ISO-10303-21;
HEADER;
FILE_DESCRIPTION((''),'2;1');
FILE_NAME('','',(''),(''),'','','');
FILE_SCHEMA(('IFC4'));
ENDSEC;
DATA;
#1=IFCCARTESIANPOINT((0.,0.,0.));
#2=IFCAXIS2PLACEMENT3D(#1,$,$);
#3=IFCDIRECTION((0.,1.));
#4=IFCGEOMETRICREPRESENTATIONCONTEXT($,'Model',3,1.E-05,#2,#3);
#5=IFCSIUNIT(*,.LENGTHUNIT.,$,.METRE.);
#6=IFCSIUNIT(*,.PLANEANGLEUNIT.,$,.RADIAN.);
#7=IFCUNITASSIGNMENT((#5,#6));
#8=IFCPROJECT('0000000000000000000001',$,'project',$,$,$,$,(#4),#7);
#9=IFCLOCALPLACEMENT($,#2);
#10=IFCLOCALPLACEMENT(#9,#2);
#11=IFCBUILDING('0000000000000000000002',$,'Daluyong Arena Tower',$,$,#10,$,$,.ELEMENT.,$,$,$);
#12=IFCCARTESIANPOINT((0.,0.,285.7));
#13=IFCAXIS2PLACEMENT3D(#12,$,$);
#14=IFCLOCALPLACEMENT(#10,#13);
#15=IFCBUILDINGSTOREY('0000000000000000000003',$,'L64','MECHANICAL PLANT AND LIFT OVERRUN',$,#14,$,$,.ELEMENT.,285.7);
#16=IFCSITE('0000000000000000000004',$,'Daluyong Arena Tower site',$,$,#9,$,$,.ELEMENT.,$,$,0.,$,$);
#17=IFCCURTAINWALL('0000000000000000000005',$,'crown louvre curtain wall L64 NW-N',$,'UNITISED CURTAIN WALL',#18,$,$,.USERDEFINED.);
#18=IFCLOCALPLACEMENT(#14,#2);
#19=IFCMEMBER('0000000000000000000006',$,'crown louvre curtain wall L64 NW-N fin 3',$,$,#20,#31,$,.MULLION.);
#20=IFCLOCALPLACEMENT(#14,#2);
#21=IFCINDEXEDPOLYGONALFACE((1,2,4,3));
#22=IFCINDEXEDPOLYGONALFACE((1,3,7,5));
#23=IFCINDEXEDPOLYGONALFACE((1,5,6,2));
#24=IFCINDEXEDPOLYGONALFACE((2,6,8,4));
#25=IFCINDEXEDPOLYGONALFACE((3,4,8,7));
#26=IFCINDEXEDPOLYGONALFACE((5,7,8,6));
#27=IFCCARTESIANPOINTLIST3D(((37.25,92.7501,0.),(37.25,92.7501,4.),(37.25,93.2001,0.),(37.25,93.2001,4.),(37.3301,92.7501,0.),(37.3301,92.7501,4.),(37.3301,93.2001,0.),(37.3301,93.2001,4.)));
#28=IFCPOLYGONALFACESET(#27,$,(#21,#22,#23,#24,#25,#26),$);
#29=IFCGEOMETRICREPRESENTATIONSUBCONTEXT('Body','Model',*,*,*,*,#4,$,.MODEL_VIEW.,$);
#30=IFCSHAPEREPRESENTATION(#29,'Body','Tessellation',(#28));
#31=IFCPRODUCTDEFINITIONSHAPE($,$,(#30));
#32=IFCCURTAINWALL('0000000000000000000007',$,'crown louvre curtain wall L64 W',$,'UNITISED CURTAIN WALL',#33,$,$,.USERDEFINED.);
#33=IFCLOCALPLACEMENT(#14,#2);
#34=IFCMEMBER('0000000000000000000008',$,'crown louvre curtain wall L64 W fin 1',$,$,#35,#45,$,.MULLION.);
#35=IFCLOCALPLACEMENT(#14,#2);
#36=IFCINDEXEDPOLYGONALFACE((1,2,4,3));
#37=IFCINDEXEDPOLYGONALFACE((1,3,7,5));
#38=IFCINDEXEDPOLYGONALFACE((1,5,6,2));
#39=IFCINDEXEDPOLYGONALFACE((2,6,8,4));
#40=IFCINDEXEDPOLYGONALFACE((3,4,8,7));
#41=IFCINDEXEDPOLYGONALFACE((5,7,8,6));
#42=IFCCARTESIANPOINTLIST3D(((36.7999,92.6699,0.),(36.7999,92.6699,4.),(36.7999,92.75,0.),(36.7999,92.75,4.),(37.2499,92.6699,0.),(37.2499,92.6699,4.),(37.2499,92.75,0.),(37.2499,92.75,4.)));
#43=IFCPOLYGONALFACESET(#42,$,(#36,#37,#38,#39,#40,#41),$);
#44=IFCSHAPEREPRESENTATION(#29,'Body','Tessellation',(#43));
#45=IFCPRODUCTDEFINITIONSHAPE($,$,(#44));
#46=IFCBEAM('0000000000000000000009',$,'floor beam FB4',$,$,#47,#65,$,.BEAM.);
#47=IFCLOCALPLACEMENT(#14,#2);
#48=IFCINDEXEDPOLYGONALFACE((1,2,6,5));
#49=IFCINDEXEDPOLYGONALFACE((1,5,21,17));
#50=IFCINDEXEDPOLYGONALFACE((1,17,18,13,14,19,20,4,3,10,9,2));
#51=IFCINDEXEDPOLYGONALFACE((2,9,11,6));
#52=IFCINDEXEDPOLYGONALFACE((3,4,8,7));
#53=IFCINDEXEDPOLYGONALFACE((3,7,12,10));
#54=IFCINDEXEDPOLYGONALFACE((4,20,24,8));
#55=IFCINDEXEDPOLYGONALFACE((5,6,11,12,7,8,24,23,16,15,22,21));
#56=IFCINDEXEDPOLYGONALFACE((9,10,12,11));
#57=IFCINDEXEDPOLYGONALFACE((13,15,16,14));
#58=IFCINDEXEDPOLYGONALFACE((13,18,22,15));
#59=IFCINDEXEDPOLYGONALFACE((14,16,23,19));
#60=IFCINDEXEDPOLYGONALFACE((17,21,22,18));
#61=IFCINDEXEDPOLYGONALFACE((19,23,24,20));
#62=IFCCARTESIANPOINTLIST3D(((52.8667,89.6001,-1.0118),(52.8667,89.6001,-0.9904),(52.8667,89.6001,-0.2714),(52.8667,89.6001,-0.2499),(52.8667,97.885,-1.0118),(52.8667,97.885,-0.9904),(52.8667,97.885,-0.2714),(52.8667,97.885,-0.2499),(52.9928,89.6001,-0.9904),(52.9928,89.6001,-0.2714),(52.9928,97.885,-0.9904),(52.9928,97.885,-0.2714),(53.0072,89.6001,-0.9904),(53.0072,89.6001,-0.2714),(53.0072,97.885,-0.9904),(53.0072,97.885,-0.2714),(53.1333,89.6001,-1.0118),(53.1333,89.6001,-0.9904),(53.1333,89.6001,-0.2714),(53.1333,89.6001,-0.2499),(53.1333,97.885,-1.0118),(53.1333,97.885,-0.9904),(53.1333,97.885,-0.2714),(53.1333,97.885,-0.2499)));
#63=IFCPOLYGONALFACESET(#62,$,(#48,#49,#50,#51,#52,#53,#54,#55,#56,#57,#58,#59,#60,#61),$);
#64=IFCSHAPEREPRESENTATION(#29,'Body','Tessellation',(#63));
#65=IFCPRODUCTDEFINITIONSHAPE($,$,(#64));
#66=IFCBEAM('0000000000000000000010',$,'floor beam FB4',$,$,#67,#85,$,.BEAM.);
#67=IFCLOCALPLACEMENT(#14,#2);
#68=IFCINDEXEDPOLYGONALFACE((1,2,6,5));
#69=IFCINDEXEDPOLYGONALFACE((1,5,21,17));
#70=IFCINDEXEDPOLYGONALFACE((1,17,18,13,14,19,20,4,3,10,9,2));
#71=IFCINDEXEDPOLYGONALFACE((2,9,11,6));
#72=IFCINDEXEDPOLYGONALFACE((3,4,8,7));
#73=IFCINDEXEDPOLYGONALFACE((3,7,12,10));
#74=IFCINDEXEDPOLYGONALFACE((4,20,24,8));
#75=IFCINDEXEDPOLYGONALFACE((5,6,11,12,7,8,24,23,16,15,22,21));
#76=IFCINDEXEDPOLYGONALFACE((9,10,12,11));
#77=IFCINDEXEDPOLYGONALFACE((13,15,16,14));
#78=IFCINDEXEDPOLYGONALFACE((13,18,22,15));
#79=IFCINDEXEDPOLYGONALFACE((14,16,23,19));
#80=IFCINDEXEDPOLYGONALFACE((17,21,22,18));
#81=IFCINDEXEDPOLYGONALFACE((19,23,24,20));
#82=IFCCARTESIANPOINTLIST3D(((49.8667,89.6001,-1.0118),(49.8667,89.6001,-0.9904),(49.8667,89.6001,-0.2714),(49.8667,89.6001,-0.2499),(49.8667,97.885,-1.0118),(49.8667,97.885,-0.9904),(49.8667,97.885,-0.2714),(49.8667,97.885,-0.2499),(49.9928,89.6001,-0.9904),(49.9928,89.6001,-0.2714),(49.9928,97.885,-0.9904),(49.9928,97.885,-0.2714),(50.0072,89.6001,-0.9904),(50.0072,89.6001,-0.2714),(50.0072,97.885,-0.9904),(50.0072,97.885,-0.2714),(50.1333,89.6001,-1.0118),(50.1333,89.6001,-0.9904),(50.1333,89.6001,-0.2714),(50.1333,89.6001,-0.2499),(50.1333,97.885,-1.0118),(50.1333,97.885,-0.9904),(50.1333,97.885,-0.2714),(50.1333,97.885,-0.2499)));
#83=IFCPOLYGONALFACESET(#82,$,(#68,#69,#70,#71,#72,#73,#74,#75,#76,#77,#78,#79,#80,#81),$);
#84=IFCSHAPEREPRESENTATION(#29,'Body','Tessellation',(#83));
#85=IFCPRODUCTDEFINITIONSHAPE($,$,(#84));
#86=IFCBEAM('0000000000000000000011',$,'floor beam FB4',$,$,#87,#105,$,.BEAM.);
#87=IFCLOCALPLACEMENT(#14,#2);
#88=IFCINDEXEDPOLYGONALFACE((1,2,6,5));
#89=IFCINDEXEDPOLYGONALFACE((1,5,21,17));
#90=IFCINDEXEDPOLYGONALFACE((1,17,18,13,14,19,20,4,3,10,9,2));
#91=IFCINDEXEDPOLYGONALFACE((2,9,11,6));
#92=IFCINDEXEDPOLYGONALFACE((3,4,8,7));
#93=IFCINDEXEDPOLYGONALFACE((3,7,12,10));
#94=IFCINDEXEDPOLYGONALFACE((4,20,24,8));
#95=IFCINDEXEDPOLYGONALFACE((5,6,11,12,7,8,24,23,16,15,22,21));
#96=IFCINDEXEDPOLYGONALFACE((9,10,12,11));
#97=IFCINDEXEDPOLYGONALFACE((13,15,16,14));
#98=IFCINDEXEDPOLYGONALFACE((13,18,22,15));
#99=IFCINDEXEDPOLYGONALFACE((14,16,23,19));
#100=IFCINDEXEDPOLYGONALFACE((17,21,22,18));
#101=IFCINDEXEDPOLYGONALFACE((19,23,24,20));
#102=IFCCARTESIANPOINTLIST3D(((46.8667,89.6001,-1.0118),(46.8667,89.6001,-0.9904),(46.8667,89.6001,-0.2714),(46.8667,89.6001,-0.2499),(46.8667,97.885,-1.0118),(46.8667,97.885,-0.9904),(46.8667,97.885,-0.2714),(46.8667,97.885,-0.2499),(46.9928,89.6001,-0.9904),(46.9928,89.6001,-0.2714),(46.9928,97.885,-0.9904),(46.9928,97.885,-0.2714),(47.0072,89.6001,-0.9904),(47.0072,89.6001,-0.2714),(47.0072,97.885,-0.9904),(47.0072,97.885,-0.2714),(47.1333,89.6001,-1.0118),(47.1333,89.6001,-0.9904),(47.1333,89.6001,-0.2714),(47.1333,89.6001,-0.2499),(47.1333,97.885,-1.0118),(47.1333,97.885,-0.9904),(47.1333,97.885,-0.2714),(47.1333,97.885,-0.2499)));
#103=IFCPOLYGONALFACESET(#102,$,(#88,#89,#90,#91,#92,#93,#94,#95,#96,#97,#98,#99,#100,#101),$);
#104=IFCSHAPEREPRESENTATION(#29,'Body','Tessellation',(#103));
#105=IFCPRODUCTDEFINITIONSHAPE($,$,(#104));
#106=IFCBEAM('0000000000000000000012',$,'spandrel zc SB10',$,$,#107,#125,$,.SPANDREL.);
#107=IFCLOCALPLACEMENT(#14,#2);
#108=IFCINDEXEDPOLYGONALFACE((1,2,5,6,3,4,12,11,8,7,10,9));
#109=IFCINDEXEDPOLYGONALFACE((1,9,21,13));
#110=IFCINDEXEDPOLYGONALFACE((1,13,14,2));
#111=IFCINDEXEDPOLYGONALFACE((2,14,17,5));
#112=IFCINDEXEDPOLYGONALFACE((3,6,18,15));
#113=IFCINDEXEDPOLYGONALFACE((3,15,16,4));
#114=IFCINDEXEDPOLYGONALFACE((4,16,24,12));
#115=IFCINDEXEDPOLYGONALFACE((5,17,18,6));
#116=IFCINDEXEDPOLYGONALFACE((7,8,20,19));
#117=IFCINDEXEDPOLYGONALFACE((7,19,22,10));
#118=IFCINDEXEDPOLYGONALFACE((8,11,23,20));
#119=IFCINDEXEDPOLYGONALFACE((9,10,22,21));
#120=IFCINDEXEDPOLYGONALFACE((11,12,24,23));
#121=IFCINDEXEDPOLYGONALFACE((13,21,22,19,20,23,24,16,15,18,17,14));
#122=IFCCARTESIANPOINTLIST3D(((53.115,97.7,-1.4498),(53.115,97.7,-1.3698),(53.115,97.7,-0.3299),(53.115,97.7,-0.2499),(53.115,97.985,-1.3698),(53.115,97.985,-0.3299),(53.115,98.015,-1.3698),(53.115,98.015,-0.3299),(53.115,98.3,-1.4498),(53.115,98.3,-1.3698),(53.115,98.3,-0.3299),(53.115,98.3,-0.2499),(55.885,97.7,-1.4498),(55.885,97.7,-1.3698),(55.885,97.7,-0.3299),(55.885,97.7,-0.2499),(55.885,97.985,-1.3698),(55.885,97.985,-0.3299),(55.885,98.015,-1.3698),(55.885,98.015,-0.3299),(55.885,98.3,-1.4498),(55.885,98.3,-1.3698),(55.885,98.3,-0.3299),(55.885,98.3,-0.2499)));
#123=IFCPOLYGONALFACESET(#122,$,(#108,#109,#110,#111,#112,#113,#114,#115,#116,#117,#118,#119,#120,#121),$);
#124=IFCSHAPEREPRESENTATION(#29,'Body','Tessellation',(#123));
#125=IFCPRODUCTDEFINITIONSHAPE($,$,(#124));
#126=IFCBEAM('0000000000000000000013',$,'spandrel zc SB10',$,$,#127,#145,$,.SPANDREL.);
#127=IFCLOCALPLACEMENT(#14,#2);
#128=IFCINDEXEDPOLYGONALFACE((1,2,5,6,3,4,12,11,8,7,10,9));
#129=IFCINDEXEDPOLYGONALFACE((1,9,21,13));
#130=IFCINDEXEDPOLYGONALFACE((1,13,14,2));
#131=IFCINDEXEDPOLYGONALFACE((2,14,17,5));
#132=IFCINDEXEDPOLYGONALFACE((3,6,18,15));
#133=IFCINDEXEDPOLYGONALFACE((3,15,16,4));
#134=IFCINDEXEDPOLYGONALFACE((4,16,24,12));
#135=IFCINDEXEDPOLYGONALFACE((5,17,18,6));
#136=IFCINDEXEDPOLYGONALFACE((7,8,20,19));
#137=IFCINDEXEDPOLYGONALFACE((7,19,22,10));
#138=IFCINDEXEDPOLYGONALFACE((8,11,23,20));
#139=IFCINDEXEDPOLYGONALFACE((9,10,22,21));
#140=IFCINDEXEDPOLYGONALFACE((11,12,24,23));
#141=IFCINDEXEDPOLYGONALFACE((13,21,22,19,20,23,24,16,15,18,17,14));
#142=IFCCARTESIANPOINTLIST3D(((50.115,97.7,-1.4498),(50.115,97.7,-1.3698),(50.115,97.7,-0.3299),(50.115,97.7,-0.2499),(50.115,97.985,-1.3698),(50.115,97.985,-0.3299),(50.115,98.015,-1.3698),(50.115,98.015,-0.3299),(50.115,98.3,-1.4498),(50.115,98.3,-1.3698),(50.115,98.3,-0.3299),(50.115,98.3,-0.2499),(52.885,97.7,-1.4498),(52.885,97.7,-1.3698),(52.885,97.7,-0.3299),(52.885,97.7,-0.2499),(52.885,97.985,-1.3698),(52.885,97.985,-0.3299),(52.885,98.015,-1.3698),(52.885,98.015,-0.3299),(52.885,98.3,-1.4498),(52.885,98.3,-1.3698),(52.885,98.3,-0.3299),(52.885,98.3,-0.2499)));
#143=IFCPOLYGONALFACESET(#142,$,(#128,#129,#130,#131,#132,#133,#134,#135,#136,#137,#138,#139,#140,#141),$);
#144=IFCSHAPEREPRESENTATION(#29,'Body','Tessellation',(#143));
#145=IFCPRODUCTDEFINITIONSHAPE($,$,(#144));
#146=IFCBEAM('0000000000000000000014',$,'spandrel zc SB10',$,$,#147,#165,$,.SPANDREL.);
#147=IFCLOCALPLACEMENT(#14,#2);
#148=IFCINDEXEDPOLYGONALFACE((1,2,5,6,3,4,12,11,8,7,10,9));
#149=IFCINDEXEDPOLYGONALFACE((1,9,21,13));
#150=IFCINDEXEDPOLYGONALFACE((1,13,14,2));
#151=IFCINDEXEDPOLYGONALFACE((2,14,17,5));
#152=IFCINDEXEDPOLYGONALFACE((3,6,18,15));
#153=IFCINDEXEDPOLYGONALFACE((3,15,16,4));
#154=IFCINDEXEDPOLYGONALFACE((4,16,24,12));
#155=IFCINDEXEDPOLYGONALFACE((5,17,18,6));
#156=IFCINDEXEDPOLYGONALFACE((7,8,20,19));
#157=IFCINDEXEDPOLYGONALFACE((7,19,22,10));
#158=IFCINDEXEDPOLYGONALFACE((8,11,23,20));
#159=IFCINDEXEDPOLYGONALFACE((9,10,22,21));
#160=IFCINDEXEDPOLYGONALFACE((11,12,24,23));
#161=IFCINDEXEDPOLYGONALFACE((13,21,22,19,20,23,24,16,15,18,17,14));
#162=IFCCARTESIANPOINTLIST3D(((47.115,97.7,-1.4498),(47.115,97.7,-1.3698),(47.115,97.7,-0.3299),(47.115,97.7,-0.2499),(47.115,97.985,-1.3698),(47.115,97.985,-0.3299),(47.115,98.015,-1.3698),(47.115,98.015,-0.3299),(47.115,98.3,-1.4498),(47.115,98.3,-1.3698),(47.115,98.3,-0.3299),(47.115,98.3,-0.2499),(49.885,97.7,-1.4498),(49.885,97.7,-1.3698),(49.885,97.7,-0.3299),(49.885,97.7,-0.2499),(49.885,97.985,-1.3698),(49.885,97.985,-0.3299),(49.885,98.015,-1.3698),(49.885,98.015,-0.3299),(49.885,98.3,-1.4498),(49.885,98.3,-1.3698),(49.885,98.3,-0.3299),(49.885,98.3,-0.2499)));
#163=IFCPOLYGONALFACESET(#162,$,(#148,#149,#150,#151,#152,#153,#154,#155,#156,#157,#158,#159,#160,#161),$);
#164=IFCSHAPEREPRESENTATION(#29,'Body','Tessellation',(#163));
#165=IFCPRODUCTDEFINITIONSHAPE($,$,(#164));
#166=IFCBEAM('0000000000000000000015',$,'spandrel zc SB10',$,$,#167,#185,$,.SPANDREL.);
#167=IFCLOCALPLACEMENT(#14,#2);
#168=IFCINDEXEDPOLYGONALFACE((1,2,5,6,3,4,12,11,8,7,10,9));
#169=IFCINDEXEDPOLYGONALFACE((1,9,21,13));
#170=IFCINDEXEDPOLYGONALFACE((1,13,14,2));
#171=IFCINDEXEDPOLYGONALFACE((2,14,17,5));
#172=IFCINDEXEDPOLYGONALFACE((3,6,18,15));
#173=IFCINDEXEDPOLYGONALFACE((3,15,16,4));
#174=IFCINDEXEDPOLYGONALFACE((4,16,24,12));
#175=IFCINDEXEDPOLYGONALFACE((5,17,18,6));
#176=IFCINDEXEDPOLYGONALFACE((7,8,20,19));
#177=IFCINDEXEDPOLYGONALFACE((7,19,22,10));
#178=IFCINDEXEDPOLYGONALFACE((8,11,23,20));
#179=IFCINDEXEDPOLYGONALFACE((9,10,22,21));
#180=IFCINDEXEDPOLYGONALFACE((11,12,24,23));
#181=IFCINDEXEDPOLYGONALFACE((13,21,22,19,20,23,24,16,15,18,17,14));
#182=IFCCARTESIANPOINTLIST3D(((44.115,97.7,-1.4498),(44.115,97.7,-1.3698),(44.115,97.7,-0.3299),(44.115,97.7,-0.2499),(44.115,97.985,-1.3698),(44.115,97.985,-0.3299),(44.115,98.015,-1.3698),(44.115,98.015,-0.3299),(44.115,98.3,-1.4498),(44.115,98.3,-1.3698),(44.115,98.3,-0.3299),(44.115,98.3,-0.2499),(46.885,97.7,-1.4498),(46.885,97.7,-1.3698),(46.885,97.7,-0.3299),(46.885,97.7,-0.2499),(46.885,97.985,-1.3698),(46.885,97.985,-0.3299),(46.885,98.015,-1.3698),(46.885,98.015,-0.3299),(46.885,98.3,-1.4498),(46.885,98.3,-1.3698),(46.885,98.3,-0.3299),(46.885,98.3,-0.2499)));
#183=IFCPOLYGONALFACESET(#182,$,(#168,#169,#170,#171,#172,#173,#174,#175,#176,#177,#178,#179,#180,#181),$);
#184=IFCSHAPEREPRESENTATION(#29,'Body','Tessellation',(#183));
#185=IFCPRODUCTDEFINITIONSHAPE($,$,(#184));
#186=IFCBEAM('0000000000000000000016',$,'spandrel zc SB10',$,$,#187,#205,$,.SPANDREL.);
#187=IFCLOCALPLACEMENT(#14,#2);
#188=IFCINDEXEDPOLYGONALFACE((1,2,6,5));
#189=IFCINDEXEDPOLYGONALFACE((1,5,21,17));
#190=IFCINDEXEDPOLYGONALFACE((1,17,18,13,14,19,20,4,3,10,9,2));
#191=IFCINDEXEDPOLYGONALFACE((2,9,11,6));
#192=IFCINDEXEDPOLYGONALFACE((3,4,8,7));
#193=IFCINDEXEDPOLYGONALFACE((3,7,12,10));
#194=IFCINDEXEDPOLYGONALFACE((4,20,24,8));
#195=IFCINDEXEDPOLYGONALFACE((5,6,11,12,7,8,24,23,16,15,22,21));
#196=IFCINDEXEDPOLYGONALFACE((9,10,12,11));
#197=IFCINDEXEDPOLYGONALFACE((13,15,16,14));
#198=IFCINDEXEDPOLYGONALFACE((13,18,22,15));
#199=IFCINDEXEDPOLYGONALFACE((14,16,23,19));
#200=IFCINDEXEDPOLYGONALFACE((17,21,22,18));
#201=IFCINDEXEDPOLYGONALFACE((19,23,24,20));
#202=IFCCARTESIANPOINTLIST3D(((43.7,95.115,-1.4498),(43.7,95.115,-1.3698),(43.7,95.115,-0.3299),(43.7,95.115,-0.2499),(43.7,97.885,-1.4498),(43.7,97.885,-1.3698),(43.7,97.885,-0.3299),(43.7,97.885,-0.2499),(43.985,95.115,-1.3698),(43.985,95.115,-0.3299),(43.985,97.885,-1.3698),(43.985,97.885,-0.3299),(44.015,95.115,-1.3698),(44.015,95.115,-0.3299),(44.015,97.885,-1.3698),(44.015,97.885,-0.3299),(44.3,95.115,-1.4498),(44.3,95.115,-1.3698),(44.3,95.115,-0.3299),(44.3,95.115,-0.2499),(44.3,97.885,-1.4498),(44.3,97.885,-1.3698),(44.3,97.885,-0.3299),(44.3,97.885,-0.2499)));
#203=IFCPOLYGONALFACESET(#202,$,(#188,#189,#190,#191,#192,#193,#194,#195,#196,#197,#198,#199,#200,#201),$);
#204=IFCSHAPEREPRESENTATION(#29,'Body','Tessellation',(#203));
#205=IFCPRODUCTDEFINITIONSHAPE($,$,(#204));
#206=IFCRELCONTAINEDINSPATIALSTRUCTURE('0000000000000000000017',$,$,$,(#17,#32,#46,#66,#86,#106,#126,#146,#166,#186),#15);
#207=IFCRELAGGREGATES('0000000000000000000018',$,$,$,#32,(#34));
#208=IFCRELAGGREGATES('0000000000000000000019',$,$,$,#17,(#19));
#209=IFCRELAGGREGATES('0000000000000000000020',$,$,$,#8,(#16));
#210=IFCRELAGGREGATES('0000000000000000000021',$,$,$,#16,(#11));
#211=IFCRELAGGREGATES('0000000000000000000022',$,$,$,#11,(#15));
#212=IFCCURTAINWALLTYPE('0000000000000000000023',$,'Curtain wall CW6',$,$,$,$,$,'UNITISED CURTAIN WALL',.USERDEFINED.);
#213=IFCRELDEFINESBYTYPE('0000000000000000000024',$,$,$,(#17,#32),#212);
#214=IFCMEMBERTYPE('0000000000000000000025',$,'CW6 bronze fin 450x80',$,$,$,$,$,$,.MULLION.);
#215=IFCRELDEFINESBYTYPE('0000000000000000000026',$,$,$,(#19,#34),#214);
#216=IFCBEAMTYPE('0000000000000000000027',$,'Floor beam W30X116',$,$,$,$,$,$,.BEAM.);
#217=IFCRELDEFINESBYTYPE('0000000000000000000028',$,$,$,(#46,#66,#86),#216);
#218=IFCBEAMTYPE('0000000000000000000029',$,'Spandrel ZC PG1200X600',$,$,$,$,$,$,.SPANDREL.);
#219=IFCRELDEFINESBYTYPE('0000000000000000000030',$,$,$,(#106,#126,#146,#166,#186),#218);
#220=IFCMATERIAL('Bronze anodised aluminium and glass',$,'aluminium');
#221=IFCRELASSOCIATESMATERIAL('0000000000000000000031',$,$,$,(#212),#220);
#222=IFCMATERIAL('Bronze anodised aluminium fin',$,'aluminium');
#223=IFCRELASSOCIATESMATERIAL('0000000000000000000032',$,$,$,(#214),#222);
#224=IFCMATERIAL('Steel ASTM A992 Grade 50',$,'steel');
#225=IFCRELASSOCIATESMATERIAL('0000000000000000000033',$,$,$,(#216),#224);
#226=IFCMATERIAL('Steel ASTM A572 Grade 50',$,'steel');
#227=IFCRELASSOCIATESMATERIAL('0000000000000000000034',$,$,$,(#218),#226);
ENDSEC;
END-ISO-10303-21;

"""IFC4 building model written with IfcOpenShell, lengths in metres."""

from ifc_helpers import new_model, si_unit, direction, frame, origin, origin_2d, place, context, subcontext, project, spatial, rectangle, i_section, extrude, material, material_profile, profile_set, type_object, element, aggregate, save


model = new_model("IFC4")

# Units and contexts
model_context = context("Model", 3, precision=1e-05, world=origin(), true_north=direction((0.0, 1.0)))
body_context = subcontext(model_context, "Body", "Model", "MODEL_VIEW")
ifc_project = project(units=[si_unit("LENGTHUNIT", "METRE"), si_unit("PLANEANGLEUNIT", "RADIAN")], contexts=[model_context])

# Site, building, storey
site_placement = place(None, origin())
site = spatial("IfcSite", under=ifc_project, at=site_placement, Name="Daluyong Arena Tower site", CompositionType="ELEMENT", RefElevation=0.0)
building_placement = place(site_placement, origin())
building = spatial("IfcBuilding", under=site, at=building_placement, Name="Daluyong Arena Tower", CompositionType="ELEMENT")
storey_placement = place(building_placement, frame((0.0, 0.0, 285.7)))
storey = spatial("IfcBuildingStorey", under=building, at=storey_placement, Name="L64", Description="MECHANICAL PLANT AND LIFT OVERRUN", CompositionType="ELEMENT", Elevation=285.7)

# Curtain wall, member
ifc_material_1 = material(Name="Bronze anodised aluminium and glass", Category="aluminium")
curtain_wall_type = type_object("IfcCurtainWallType", Name="Curtain wall CW6", ElementType="UNITISED CURTAIN WALL", PredefinedType="USERDEFINED", material=ifc_material_1)
ifc_material_2 = material(Name="Bronze anodised aluminium fin", Category="aluminium")
ifc_material_profile_1 = material_profile(ifc_material_2, rectangle(XDim=0.45, YDim=0.0801, at=origin_2d()))
ifc_profile_set_1 = profile_set([ifc_material_profile_1], Name="Bronze anodised aluminium fin")
member_type = type_object("IfcMemberType", Name="CW6 bronze fin 450x80", PredefinedType="MULLION", material=ifc_profile_set_1)
curtain_wall_1_placement = place(storey_placement, origin())
curtain_wall_1 = element("IfcCurtainWall", 1, at=curtain_wall_1_placement, inside=storey, type_object=curtain_wall_type, Name="crown louvre curtain wall L64 NW-N", ObjectType="UNITISED CURTAIN WALL", PredefinedType="USERDEFINED")
member_1_placement = place(storey_placement, frame((37.29, 92.9751, 0.0), z_axis=(0.0, 0.0, 1.0), x_axis=(0.0, -1.0, 0.0)))
member_1 = element("IfcMember", 2, at=member_1_placement, type_object=member_type, Name="crown louvre curtain wall L64 NW-N fin 3", PredefinedType="MULLION", context=body_context, shape_type="SweptSolid", body=[
    extrude(rectangle(XDim=0.45, YDim=0.0801, at=origin_2d()), origin(), (0.0, 0.0, 1.0), 4.0),
])

# Curtain wall, member
curtain_wall_2_placement = place(storey_placement, origin())
curtain_wall_2 = element("IfcCurtainWall", 3, at=curtain_wall_2_placement, inside=storey, type_object=curtain_wall_type, Name="crown louvre curtain wall L64 W", ObjectType="UNITISED CURTAIN WALL", PredefinedType="USERDEFINED")
member_2_placement = place(storey_placement, frame((37.0249, 92.71, 0.0), z_axis=(0.0, 0.0, 1.0), x_axis=(1.0, 0.0, 0.0)))
member_2 = element("IfcMember", 4, at=member_2_placement, type_object=member_type, Name="crown louvre curtain wall L64 W fin 1", PredefinedType="MULLION", context=body_context, shape_type="SweptSolid", body=[
    extrude(rectangle(XDim=0.45, YDim=0.0801, at=origin_2d()), origin(), (0.0, 0.0, 1.0), 4.0),
])
aggregate(curtain_wall_2, [member_2])

# Beams
ifc_material_3 = material(Name="Steel ASTM A992 Grade 50", Category="steel")
ifc_material_profile_2 = material_profile(ifc_material_3, i_section(OverallWidth=0.2666, OverallDepth=0.762, WebThickness=0.0144, FlangeThickness=0.0215, at=origin_2d()))
ifc_profile_set_2 = profile_set([ifc_material_profile_2], Name="Steel ASTM A992 Grade 50")
beam_type_1 = type_object("IfcBeamType", Name="Floor beam W30X116", PredefinedType="BEAM", material=ifc_profile_set_2)
for number, where, z_axis, x_axis, name in (
    (5, (53.0, 97.885, -0.6309), (0.0, -1.0, 0.0), (1.0, 0.0, 0.0), "floor beam FB4"),
    (6, (50.0, 97.885, -0.6309), (0.0, -1.0, 0.0), (1.0, 0.0, 0.0), "floor beam FB4"),
    (7, (47.0, 97.885, -0.6309), (0.0, -1.0, 0.0), (1.0, 0.0, 0.0), "floor beam FB4"),
):
    element("IfcBeam", number, at=place(storey_placement, frame(where, z_axis=z_axis, x_axis=x_axis)), inside=storey, type_object=beam_type_1, Name=name, PredefinedType="BEAM", context=body_context, shape_type="SweptSolid", body=[
        extrude(i_section(OverallWidth=0.2666, OverallDepth=0.762, WebThickness=0.0144, FlangeThickness=0.0215, at=origin_2d()), origin(), (0.0, 0.0, 1.0), 8.2849),
    ])
ifc_material_4 = material(Name="Steel ASTM A572 Grade 50", Category="steel")
ifc_material_profile_3 = material_profile(ifc_material_4, i_section(OverallWidth=0.6001, OverallDepth=1.2, WebThickness=0.03, FlangeThickness=0.08, at=origin_2d()))
ifc_profile_set_3 = profile_set([ifc_material_profile_3], Name="Steel ASTM A572 Grade 50")
beam_type_2 = type_object("IfcBeamType", Name="Spandrel ZC PG1200X600", PredefinedType="SPANDREL", material=ifc_profile_set_3)
for number, where, z_axis, x_axis, name in (
    (8, (55.885, 98.0, -0.8499), (-1.0, 0.0, 0.0), (0.0, -1.0, 0.0), "spandrel zc SB10"),
    (9, (52.885, 98.0, -0.8499), (-1.0, 0.0, 0.0), (0.0, -1.0, 0.0), "spandrel zc SB10"),
    (10, (49.885, 98.0, -0.8499), (-1.0, 0.0, 0.0), (0.0, -1.0, 0.0), "spandrel zc SB10"),
    (11, (46.885, 98.0, -0.8499), (-1.0, 0.0, 0.0), (0.0, -1.0, 0.0), "spandrel zc SB10"),
    (12, (44.0, 97.885, -0.8499), (0.0, -1.0, 0.0), (1.0, 0.0, 0.0), "spandrel zc SB10"),
):
    element("IfcBeam", number, at=place(storey_placement, frame(where, z_axis=z_axis, x_axis=x_axis)), inside=storey, type_object=beam_type_2, Name=name, PredefinedType="SPANDREL", context=body_context, shape_type="SweptSolid", body=[
        extrude(i_section(OverallWidth=0.6001, OverallDepth=1.2, WebThickness=0.03, FlangeThickness=0.08, at=origin_2d()), origin(), (0.0, 0.0, 1.0), 2.77),
    ])

aggregate(curtain_wall_1, [member_1])

save(model, "model.ifc")
